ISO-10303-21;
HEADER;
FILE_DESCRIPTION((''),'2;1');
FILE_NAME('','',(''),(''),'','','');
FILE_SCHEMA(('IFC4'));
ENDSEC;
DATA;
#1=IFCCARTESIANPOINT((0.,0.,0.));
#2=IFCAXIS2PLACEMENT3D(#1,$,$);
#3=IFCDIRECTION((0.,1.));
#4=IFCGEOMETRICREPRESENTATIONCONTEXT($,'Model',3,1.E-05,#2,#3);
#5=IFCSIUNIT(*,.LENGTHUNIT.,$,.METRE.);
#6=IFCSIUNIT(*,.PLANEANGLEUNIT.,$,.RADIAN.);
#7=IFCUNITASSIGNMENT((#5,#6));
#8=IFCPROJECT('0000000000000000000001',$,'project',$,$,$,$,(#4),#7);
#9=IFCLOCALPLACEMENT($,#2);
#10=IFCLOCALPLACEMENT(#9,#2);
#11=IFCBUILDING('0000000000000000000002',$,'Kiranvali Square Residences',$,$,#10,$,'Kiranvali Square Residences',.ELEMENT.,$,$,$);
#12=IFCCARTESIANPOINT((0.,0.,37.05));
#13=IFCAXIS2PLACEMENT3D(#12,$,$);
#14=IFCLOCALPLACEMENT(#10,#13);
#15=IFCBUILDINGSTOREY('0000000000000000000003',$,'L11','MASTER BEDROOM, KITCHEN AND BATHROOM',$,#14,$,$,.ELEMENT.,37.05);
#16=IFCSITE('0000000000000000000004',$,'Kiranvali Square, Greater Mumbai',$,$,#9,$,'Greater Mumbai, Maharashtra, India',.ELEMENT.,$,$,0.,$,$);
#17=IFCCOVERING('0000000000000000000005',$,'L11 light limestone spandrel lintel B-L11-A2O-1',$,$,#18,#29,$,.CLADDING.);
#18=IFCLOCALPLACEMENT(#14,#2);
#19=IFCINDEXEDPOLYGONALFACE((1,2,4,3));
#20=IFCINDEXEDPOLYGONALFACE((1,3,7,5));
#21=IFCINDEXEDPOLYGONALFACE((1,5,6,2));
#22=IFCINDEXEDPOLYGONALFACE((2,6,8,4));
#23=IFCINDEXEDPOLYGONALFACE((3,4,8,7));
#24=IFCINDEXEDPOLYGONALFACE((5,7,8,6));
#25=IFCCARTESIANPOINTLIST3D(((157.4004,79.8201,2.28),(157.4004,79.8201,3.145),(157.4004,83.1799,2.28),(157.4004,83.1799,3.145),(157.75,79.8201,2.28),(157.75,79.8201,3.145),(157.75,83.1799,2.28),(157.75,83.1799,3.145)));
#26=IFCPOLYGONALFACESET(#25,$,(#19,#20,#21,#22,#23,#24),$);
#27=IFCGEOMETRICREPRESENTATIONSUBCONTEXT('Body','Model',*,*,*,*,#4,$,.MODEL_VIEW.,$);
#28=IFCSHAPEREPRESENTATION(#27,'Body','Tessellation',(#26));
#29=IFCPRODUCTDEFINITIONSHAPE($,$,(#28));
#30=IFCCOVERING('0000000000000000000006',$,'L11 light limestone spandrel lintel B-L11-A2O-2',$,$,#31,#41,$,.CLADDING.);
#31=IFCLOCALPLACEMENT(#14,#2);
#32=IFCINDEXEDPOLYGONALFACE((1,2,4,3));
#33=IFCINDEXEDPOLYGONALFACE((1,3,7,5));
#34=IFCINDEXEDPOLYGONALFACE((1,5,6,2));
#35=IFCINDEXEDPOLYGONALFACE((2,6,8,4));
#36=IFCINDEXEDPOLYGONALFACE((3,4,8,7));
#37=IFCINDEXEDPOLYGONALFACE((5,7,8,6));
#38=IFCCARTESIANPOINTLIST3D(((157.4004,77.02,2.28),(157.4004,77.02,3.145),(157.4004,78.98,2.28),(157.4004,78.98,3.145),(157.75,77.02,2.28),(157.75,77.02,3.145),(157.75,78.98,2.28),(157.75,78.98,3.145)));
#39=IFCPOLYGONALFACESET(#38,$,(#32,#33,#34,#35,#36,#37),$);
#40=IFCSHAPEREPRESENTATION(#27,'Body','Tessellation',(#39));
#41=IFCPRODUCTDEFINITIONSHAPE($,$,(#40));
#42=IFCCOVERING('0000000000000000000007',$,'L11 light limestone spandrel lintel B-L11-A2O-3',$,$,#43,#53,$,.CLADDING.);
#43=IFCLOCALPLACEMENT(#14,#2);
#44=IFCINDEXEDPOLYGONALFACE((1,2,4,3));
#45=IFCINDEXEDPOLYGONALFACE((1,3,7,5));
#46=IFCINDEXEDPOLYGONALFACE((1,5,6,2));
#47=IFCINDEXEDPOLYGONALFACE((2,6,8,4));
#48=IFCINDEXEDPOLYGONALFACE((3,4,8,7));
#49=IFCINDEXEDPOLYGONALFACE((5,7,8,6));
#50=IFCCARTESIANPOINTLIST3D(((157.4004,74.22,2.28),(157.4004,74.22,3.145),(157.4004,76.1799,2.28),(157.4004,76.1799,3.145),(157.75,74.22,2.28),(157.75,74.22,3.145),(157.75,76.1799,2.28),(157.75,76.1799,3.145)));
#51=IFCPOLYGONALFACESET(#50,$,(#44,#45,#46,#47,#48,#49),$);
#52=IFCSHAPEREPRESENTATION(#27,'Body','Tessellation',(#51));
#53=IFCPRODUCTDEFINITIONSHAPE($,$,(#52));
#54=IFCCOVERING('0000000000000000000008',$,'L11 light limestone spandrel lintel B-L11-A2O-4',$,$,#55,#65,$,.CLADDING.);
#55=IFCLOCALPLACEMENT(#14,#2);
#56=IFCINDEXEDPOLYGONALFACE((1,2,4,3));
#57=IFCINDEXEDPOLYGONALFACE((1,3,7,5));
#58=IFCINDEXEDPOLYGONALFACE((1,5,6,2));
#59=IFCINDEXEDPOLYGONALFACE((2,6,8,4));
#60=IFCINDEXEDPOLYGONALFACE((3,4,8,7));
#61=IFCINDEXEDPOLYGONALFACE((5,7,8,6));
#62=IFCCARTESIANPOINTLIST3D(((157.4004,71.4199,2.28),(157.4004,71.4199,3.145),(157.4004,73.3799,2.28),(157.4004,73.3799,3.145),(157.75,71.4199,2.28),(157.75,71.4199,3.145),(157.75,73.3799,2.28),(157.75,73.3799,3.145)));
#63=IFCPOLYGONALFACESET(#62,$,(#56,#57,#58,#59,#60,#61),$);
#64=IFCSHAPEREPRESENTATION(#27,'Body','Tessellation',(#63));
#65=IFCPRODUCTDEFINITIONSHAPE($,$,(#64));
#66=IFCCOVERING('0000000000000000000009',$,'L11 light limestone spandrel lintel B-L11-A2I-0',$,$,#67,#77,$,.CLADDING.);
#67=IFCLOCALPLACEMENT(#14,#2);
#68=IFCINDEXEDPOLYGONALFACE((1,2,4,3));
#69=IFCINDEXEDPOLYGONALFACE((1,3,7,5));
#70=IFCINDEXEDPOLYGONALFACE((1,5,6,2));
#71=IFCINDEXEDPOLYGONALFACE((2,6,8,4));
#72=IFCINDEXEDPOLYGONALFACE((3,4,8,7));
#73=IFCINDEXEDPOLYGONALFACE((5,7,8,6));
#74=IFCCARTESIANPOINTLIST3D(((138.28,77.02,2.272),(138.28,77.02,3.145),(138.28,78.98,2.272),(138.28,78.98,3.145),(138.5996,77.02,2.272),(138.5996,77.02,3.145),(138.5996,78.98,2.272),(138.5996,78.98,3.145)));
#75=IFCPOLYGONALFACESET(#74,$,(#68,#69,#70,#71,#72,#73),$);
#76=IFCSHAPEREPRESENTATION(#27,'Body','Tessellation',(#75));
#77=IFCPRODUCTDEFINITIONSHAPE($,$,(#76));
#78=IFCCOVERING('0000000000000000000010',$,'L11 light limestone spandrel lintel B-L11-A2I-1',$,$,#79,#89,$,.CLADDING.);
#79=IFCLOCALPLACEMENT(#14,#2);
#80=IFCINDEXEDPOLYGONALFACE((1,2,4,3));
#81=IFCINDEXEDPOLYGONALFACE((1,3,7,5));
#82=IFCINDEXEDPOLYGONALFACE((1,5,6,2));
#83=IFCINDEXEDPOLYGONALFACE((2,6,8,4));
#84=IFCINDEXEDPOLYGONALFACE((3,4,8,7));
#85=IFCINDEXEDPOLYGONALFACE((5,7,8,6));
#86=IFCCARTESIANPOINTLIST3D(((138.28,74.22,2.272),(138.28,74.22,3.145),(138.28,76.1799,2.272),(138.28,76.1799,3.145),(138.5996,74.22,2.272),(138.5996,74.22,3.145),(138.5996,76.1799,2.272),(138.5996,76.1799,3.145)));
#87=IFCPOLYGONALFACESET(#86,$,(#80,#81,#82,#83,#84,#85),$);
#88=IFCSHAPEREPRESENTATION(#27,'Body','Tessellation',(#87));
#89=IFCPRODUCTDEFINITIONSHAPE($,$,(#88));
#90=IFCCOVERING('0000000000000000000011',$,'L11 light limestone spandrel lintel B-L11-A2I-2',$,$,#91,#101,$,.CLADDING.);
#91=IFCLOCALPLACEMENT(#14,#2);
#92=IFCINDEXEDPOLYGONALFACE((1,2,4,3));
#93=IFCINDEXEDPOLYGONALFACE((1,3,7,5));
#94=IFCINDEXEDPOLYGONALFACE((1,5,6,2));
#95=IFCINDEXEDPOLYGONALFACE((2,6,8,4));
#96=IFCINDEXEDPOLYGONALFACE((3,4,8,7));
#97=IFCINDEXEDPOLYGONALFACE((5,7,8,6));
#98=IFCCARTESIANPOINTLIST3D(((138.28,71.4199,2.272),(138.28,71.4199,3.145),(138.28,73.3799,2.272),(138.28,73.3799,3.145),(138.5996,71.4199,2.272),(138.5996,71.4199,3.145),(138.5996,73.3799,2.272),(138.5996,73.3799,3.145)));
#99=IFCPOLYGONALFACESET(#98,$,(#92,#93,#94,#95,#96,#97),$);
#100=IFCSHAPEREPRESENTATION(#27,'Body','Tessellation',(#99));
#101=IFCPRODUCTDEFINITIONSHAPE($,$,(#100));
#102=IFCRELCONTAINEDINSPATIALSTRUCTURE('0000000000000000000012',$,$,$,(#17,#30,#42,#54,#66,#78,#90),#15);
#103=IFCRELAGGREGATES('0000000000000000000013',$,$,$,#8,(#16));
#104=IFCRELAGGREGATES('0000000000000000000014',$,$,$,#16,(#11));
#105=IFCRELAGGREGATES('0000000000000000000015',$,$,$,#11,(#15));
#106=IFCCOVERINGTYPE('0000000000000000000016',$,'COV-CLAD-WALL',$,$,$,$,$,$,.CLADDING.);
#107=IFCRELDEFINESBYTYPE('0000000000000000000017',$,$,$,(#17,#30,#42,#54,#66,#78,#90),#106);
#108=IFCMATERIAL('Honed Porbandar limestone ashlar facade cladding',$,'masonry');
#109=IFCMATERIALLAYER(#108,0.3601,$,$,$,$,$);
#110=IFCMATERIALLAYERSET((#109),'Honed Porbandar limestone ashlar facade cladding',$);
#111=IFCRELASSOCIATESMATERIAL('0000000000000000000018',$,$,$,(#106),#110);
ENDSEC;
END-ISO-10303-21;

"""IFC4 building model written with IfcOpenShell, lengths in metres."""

from ifc_helpers import new_model, si_unit, direction, frame, origin, place, context, subcontext, project, spatial, polyline, outline, extrude, material, layer, layer_set, type_object, element, save


model = new_model("IFC4")

# Units and contexts
model_context = context("Model", 3, precision=1e-05, world=origin(), true_north=direction((0.0, 1.0)))
body_context = subcontext(model_context, "Body", "Model", "MODEL_VIEW")
ifc_project = project(units=[si_unit("LENGTHUNIT", "METRE"), si_unit("PLANEANGLEUNIT", "RADIAN")], contexts=[model_context])

# Site, building, storey
site_placement = place(None, origin())
site = spatial("IfcSite", under=ifc_project, at=site_placement, Name="Kiranvali Square, Greater Mumbai", LongName="Greater Mumbai, Maharashtra, India", CompositionType="ELEMENT", RefElevation=0.0)
building_placement = place(site_placement, origin())
building = spatial("IfcBuilding", under=site, at=building_placement, Name="Kiranvali Square Residences", LongName="Kiranvali Square Residences", CompositionType="ELEMENT")
storey_placement = place(building_placement, frame((0.0, 0.0, 37.05)))
storey = spatial("IfcBuildingStorey", under=building, at=storey_placement, Name="L11", Description="MASTER BEDROOM, KITCHEN AND BATHROOM", CompositionType="ELEMENT", Elevation=37.05)

# Coverings
ifc_material = material(Name="Honed Porbandar limestone ashlar facade cladding", Category="masonry")
ifc_layer = layer(ifc_material, 0.3601)
ifc_layer_set = layer_set([ifc_layer], Name="Honed Porbandar limestone ashlar facade cladding")
covering_type = type_object("IfcCoveringType", Name="COV-CLAD-WALL", PredefinedType="CLADDING", material=ifc_layer_set)
covering_1_placement = place(storey_placement, frame((0.0, 0.0, 2.28)))
element("IfcCovering", 1, at=covering_1_placement, inside=storey, type_object=covering_type, Name="L11 light limestone spandrel lintel B-L11-A2O-1", PredefinedType="CLADDING", context=body_context, shape_type="SweptSolid", body=[
    extrude(outline(polyline([(157.4004, 83.1799), (157.4004, 79.8201), (157.75, 79.8201), (157.75, 83.1799), (157.4004, 83.1799)])), origin(), (0.0, 0.0, 1.0), 0.865),
])
covering_2_placement = place(storey_placement, frame((0.0, 0.0, 2.28)))
element("IfcCovering", 2, at=covering_2_placement, inside=storey, type_object=covering_type, Name="L11 light limestone spandrel lintel B-L11-A2O-2", PredefinedType="CLADDING", context=body_context, shape_type="SweptSolid", body=[
    extrude(outline(polyline([(157.4004, 78.98), (157.4004, 77.02), (157.75, 77.02), (157.75, 78.98), (157.4004, 78.98)])), origin(), (0.0, 0.0, 1.0), 0.865),
])
covering_3_placement = place(storey_placement, frame((0.0, 0.0, 2.28)))
element("IfcCovering", 3, at=covering_3_placement, inside=storey, type_object=covering_type, Name="L11 light limestone spandrel lintel B-L11-A2O-3", PredefinedType="CLADDING", context=body_context, shape_type="SweptSolid", body=[
    extrude(outline(polyline([(157.4004, 76.1799), (157.4004, 74.22), (157.75, 74.22), (157.75, 76.1799), (157.4004, 76.1799)])), origin(), (0.0, 0.0, 1.0), 0.865),
])
covering_4_placement = place(storey_placement, frame((0.0, 0.0, 2.28)))
element("IfcCovering", 4, at=covering_4_placement, inside=storey, type_object=covering_type, Name="L11 light limestone spandrel lintel B-L11-A2O-4", PredefinedType="CLADDING", context=body_context, shape_type="SweptSolid", body=[
    extrude(outline(polyline([(157.4004, 73.3799), (157.4004, 71.4199), (157.75, 71.4199), (157.75, 73.3799), (157.4004, 73.3799)])), origin(), (0.0, 0.0, 1.0), 0.865),
])
covering_5_placement = place(storey_placement, frame((0.0, 0.0, 2.272)))
element("IfcCovering", 5, at=covering_5_placement, inside=storey, type_object=covering_type, Name="L11 light limestone spandrel lintel B-L11-A2I-0", PredefinedType="CLADDING", context=body_context, shape_type="SweptSolid", body=[
    extrude(outline(polyline([(138.28, 78.98), (138.28, 77.02), (138.5996, 77.02), (138.5996, 78.98), (138.28, 78.98)])), origin(), (0.0, 0.0, 1.0), 0.873),
])
covering_6_placement = place(storey_placement, frame((0.0, 0.0, 2.272)))
element("IfcCovering", 6, at=covering_6_placement, inside=storey, type_object=covering_type, Name="L11 light limestone spandrel lintel B-L11-A2I-1", PredefinedType="CLADDING", context=body_context, shape_type="SweptSolid", body=[
    extrude(outline(polyline([(138.28, 76.1799), (138.28, 74.22), (138.5996, 74.22), (138.5996, 76.1799), (138.28, 76.1799)])), origin(), (0.0, 0.0, 1.0), 0.873),
])
covering_7_placement = place(storey_placement, frame((0.0, 0.0, 2.272)))
element("IfcCovering", 7, at=covering_7_placement, inside=storey, type_object=covering_type, Name="L11 light limestone spandrel lintel B-L11-A2I-2", PredefinedType="CLADDING", context=body_context, shape_type="SweptSolid", body=[
    extrude(outline(polyline([(138.28, 73.3799), (138.28, 71.4199), (138.5996, 71.4199), (138.5996, 73.3799), (138.28, 73.3799)])), origin(), (0.0, 0.0, 1.0), 0.873),
])

save(model, "model.ifc")
